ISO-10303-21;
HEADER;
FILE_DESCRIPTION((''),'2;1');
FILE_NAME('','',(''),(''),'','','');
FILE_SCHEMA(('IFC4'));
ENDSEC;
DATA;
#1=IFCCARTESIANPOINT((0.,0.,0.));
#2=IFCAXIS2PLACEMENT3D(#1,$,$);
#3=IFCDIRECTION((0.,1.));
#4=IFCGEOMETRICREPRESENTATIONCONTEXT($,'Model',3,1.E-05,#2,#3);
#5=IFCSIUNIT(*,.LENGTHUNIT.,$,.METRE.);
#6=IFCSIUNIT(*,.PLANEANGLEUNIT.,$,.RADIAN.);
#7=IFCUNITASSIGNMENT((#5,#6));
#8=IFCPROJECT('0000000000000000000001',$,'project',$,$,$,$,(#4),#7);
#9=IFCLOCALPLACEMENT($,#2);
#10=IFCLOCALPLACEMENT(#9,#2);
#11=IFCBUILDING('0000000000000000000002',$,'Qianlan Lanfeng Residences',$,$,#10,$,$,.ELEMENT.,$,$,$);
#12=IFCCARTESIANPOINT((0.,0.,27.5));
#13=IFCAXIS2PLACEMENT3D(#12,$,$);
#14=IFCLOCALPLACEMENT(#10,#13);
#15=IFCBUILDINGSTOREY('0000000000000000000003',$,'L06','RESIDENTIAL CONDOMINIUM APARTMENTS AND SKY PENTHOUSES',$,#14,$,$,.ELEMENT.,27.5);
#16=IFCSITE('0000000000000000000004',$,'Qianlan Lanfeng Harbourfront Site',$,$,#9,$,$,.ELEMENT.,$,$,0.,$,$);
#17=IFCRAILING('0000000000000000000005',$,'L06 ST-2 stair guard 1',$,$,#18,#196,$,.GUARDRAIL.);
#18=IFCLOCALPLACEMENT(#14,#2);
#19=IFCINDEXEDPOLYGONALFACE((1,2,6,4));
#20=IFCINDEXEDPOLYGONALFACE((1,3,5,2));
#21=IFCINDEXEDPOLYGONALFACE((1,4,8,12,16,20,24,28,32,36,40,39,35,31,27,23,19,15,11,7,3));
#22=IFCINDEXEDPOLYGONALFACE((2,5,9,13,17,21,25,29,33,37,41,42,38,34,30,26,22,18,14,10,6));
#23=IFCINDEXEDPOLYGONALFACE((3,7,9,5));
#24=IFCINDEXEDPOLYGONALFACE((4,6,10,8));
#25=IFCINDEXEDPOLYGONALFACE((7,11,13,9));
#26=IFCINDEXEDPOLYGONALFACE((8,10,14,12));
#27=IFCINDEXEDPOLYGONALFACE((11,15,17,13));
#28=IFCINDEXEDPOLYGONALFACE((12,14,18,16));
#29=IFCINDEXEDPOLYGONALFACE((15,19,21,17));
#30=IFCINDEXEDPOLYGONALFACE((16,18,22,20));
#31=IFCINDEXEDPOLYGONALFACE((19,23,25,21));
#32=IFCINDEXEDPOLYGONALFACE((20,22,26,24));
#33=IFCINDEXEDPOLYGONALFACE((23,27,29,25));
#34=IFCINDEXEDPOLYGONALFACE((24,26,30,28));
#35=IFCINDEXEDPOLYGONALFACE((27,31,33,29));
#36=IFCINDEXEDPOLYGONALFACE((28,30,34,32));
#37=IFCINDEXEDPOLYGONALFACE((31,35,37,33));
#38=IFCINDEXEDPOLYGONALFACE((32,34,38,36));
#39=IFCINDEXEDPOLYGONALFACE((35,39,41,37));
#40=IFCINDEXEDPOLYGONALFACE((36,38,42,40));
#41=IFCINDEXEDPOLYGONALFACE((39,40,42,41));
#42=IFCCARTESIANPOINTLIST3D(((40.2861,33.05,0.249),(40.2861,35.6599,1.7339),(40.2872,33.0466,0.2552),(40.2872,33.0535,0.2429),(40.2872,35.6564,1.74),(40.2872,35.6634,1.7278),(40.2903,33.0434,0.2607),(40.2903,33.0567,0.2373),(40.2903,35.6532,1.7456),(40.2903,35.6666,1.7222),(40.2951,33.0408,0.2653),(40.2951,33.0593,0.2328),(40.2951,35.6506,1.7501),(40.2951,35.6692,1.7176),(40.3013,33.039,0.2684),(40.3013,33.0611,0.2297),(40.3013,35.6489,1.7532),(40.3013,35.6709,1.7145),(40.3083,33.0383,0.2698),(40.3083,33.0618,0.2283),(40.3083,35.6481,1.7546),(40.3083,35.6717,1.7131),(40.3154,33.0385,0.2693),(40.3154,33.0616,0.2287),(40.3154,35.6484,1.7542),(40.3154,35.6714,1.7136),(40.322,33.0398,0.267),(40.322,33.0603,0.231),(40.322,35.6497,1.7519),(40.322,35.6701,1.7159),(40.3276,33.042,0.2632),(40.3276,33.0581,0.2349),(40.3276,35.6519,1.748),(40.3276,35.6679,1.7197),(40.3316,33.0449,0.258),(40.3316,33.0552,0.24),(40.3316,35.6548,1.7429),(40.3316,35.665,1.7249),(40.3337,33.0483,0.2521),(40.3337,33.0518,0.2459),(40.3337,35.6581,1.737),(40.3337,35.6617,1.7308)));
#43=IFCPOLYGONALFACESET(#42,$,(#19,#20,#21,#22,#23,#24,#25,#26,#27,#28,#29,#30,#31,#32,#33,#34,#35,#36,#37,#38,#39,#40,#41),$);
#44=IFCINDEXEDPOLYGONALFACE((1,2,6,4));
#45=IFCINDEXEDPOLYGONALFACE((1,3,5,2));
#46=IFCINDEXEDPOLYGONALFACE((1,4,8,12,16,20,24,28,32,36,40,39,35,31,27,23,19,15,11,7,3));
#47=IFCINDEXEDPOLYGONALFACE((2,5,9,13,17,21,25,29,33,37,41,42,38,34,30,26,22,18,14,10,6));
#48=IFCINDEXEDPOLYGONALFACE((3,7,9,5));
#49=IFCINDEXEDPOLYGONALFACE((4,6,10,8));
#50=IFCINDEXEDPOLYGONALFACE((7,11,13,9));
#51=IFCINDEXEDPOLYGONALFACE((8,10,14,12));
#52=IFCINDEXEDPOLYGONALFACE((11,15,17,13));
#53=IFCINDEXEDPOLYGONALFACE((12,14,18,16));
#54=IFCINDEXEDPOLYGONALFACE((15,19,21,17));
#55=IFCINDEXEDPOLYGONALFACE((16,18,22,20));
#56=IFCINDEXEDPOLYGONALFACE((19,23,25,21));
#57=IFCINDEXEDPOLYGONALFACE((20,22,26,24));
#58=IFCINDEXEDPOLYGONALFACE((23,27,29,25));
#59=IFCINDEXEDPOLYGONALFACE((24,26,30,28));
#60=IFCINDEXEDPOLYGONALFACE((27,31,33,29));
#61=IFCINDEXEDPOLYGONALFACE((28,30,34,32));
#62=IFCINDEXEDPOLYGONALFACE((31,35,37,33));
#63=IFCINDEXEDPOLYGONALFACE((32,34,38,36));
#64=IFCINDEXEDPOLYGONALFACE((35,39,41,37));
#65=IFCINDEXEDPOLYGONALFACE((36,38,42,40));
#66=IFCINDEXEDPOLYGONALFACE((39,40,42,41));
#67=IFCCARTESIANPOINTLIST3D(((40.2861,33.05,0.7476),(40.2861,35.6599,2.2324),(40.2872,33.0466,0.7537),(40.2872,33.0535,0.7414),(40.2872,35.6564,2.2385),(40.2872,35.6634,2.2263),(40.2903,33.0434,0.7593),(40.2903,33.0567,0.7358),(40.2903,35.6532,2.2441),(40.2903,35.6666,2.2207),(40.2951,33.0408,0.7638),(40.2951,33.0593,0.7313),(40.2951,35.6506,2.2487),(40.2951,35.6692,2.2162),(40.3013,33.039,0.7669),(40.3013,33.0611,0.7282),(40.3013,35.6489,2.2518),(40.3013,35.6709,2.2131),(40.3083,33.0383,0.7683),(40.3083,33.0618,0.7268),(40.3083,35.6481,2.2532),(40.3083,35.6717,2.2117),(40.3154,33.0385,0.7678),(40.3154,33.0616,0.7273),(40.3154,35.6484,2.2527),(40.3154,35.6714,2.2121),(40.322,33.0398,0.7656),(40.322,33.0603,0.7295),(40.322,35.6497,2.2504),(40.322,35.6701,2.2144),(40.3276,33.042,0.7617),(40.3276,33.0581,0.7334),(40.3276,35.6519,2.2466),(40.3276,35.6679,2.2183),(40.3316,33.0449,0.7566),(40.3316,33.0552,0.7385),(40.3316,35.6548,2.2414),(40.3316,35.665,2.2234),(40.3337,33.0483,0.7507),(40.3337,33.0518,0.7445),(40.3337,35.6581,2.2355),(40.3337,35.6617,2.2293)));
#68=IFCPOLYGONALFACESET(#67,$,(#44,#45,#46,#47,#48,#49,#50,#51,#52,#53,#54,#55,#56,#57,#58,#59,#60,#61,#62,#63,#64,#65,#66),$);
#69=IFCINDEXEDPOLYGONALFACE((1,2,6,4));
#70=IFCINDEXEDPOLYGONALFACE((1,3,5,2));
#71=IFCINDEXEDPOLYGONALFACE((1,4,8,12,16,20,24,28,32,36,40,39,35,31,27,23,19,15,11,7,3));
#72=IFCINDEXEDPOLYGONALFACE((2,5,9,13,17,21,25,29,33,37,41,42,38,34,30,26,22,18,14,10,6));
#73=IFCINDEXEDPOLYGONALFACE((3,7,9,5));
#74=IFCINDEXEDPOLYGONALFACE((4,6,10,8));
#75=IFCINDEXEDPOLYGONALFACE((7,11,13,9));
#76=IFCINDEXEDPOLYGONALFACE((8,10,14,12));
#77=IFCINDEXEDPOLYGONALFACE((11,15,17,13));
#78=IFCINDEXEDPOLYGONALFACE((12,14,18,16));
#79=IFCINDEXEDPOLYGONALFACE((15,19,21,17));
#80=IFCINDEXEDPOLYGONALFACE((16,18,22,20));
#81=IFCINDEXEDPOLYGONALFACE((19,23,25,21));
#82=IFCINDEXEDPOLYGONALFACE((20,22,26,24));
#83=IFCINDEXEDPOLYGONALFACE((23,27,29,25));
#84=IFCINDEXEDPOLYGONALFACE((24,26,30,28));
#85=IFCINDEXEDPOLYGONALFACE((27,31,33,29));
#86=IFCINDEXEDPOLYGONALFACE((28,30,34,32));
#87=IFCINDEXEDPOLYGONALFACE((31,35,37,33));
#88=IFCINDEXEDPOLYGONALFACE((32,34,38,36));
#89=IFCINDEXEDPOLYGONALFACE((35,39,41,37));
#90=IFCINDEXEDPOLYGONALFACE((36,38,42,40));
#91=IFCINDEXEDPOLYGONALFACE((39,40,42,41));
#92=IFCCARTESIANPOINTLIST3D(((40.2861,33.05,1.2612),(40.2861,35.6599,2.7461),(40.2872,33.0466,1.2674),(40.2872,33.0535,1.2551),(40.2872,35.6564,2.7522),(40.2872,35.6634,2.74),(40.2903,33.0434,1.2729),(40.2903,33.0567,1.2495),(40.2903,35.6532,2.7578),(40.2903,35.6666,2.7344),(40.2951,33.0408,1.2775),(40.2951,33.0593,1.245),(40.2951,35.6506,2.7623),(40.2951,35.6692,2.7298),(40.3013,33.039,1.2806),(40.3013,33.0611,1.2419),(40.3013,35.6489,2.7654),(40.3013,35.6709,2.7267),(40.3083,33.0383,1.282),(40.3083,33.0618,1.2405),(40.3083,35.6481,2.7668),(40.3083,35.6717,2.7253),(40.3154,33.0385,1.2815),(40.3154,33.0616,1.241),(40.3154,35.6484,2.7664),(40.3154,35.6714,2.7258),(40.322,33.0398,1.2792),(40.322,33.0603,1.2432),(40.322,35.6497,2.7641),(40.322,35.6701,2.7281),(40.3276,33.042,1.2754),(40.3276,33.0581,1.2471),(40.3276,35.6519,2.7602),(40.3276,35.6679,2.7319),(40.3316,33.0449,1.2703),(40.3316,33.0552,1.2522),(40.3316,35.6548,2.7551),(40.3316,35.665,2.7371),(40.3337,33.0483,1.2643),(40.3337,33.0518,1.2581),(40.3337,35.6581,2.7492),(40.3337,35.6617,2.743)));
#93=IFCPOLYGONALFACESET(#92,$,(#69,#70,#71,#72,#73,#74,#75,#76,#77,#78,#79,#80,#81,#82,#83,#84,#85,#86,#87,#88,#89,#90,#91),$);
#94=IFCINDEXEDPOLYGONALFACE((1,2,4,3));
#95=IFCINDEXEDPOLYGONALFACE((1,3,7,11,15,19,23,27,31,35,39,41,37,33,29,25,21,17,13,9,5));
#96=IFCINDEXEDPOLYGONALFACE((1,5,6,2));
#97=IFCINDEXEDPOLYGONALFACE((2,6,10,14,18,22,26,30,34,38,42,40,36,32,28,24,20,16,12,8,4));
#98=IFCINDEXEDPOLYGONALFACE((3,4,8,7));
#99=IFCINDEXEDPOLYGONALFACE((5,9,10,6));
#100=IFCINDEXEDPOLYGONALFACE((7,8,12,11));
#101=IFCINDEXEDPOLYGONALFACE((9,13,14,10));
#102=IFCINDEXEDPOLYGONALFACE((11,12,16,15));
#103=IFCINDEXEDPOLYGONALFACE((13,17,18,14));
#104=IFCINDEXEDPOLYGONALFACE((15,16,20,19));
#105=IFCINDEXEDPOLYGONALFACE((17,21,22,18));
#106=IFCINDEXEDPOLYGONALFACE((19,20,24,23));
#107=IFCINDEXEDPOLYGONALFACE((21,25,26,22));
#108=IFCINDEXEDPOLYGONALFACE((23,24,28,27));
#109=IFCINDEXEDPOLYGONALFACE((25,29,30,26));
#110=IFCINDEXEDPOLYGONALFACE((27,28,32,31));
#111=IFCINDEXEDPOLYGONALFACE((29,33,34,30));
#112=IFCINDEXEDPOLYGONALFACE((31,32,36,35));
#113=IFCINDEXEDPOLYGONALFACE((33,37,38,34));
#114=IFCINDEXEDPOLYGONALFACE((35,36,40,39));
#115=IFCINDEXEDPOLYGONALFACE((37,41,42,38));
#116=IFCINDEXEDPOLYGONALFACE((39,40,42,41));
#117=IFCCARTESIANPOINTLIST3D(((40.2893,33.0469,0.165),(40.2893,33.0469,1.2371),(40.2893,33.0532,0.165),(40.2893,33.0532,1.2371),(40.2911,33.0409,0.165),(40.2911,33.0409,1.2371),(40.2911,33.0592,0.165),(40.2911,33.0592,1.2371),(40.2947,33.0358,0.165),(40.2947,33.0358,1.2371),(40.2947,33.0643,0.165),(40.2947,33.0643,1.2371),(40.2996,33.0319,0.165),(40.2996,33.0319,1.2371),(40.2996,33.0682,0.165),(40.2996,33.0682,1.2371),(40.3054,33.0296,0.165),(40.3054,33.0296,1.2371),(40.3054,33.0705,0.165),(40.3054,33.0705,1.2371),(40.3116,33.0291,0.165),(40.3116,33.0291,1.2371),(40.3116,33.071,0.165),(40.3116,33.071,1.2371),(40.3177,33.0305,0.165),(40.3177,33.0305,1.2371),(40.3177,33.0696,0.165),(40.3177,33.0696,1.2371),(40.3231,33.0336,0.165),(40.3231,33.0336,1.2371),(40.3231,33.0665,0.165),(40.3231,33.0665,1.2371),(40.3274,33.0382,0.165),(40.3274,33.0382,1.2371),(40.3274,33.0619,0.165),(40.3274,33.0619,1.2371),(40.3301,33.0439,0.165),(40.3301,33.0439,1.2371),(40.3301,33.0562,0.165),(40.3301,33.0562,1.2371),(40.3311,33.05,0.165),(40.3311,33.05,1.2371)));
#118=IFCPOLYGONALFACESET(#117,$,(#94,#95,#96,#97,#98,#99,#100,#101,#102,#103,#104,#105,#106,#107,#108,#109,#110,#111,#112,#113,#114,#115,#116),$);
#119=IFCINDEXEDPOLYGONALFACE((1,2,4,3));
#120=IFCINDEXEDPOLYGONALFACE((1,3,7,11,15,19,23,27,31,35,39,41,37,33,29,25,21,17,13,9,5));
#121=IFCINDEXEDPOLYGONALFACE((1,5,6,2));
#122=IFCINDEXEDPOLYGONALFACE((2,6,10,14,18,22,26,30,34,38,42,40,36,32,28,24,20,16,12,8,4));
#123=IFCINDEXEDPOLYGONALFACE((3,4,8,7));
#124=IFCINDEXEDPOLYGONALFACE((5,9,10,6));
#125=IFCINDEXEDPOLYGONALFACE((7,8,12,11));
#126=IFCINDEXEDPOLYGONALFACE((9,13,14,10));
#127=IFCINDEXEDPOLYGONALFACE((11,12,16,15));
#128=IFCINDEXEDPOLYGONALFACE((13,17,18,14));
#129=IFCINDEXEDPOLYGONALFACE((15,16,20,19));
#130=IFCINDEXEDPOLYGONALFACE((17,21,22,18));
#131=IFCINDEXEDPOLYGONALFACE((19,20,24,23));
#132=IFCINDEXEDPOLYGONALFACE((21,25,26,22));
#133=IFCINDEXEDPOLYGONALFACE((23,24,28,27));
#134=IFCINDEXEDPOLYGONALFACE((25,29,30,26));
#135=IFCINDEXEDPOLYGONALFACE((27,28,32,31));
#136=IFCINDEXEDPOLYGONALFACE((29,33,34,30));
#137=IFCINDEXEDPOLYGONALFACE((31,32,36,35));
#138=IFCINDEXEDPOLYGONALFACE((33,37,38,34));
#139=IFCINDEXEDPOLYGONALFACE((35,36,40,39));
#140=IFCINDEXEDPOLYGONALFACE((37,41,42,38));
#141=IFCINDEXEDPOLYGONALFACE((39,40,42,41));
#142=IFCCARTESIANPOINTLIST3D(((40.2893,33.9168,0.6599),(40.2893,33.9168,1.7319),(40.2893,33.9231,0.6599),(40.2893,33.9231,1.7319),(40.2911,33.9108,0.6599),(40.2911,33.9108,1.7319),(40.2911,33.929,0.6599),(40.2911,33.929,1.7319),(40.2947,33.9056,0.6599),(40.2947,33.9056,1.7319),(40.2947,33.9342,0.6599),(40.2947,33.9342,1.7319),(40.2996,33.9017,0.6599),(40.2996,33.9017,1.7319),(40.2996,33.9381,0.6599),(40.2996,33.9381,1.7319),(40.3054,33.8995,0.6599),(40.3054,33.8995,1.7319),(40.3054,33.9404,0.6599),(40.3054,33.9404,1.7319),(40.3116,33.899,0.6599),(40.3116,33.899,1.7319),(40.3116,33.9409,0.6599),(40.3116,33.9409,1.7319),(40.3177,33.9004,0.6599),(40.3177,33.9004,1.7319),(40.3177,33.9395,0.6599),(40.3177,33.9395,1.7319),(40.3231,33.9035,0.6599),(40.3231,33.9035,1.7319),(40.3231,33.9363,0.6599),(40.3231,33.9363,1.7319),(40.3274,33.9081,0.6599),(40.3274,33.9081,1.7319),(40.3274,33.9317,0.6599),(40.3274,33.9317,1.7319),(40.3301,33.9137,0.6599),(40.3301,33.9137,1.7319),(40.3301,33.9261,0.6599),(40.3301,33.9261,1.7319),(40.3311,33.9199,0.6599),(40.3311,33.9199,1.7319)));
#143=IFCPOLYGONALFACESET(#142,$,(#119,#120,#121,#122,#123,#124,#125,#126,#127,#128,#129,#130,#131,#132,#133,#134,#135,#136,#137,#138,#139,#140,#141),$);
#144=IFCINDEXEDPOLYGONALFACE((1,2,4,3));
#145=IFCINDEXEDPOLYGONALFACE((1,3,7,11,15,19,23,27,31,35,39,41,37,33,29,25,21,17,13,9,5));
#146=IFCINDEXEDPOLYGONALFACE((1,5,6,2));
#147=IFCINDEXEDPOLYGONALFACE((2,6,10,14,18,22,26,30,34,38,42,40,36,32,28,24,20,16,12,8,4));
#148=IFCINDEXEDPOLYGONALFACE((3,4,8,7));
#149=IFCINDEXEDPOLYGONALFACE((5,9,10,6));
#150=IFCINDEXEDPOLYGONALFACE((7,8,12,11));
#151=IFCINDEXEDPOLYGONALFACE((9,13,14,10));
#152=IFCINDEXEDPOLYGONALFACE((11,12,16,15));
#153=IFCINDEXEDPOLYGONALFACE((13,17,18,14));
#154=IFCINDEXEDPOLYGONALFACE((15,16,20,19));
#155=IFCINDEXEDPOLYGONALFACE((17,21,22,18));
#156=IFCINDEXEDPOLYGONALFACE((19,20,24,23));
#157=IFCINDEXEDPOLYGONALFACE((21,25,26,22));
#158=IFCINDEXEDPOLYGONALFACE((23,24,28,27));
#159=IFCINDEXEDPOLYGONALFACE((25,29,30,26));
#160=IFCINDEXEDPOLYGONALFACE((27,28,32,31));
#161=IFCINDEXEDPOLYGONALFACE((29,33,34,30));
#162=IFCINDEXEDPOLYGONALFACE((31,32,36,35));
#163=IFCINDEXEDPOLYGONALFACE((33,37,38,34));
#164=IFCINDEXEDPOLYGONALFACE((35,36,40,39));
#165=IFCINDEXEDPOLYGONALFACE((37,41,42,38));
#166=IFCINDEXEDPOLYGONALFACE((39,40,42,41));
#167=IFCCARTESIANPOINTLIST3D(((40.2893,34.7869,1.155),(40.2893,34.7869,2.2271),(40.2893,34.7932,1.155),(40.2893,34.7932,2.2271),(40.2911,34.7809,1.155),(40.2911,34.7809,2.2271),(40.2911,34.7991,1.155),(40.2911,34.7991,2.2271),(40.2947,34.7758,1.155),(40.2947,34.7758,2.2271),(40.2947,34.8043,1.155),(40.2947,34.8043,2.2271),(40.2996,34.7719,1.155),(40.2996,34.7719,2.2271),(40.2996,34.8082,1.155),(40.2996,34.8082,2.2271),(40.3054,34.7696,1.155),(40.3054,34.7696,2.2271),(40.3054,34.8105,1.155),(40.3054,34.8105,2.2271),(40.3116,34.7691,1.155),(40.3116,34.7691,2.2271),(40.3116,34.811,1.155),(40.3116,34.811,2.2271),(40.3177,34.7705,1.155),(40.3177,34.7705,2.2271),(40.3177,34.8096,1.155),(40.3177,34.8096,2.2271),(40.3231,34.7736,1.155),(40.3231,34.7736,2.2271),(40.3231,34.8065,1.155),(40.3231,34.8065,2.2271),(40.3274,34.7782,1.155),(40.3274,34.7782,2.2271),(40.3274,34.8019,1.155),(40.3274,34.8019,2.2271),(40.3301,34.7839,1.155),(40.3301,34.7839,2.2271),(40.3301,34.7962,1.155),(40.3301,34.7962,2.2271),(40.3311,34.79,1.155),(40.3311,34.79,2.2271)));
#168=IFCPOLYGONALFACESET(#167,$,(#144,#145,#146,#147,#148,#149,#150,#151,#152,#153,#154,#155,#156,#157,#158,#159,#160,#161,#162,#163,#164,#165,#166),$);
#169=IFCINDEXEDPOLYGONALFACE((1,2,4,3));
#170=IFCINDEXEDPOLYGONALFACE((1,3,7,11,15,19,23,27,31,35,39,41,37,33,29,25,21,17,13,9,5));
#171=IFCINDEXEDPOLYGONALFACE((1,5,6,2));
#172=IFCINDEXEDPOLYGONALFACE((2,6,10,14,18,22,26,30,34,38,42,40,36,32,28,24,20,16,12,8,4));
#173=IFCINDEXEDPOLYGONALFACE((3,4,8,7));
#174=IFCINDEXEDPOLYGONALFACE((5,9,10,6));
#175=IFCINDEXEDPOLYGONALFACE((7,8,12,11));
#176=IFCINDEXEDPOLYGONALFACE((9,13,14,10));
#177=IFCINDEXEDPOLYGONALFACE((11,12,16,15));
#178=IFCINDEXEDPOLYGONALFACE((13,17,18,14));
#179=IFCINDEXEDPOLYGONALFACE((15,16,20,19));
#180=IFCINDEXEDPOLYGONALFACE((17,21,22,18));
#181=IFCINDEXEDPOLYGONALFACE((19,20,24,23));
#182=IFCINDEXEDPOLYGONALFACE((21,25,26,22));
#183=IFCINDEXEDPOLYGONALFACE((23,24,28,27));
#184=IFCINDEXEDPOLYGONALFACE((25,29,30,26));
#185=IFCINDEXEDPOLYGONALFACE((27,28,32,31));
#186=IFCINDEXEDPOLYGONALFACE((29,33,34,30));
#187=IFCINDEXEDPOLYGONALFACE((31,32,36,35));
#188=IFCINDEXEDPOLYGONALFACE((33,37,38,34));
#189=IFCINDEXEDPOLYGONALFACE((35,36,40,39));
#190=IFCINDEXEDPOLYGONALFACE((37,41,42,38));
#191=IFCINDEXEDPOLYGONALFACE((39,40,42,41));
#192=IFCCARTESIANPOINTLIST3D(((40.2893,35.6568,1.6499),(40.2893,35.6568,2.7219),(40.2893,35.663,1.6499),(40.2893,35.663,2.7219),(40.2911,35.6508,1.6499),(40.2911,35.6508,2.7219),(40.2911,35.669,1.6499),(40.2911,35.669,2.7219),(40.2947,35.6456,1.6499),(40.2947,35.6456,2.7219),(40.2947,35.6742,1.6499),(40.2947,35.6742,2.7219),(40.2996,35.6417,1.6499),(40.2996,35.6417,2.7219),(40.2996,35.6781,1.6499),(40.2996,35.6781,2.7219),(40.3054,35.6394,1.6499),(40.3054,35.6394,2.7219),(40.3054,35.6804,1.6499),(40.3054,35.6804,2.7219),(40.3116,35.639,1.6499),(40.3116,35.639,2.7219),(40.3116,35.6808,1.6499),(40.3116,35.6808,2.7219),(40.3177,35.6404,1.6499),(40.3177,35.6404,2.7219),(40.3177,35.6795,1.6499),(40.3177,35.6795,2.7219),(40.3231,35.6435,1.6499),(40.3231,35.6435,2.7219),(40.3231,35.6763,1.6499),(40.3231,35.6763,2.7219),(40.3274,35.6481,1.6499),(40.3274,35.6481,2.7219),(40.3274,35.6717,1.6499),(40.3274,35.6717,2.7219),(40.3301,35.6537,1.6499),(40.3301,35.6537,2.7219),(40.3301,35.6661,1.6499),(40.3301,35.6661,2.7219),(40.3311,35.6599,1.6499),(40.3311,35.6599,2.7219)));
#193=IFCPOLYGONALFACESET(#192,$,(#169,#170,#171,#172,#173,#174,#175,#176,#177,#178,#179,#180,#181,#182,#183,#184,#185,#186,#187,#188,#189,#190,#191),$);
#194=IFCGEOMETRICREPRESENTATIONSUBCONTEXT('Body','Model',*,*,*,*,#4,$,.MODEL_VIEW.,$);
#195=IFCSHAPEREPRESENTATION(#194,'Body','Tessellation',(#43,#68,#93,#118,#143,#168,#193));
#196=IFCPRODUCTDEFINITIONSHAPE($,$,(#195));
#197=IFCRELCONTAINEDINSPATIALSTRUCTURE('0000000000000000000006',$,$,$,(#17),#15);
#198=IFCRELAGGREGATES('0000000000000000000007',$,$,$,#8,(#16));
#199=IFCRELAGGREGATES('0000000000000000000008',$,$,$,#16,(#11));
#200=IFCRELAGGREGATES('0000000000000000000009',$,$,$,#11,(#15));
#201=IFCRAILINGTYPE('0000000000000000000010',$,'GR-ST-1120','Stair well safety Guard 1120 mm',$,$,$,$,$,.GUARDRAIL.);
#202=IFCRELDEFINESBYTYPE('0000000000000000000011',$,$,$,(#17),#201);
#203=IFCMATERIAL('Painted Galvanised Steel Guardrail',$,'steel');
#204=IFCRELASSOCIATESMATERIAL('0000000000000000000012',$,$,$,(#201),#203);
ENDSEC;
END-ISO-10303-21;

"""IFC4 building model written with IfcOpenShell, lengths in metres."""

from ifc_helpers import new_model, si_unit, direction, frame, origin, origin_2d, place, context, subcontext, project, spatial, circle, extrude, material, type_object, element, save


model = new_model("IFC4")

# Units and contexts
model_context = context("Model", 3, precision=1e-05, world=origin(), true_north=direction((0.0, 1.0)))
body_context = subcontext(model_context, "Body", "Model", "MODEL_VIEW")
ifc_project = project(units=[si_unit("LENGTHUNIT", "METRE"), si_unit("PLANEANGLEUNIT", "RADIAN")], contexts=[model_context])

# Site, building, storey
site_placement = place(None, origin())
site = spatial("IfcSite", under=ifc_project, at=site_placement, Name="Qianlan Lanfeng Harbourfront Site", CompositionType="ELEMENT", RefElevation=0.0)
building_placement = place(site_placement, origin())
building = spatial("IfcBuilding", under=site, at=building_placement, Name="Qianlan Lanfeng Residences", CompositionType="ELEMENT")
storey_placement = place(building_placement, frame((0.0, 0.0, 27.5)))
storey = spatial("IfcBuildingStorey", under=building, at=storey_placement, Name="L06", Description="RESIDENTIAL CONDOMINIUM APARTMENTS AND SKY PENTHOUSES", CompositionType="ELEMENT", Elevation=27.5)

# Railing
ifc_material_1 = material(Name="Painted Galvanised Steel Guardrail", Category="steel")
railing_type_1 = type_object("IfcRailingType", Name="GR-ST-1120", Description="Stair well safety Guard 1120 mm", PredefinedType="GUARDRAIL", material=ifc_material_1)
railing_1_placement = place(storey_placement, frame((40.3101, 33.05, 0.165)))
element("IfcRailing", 1, at=railing_1_placement, inside=storey, type_object=railing_type_1, Name="L06 ST-2 stair guard 1", PredefinedType="GUARDRAIL", context=body_context, shape_type="SweptSolid", body=[
    extrude(circle(Radius=0.0239, at=origin_2d()), frame((0.0, 0.0, 0.084), z_axis=(0.0, 0.869172, 0.494509), x_axis=(-1.0, 0.0, 0.0)), (0.0, 0.0, 1.0), 3.0027),
    extrude(circle(Radius=0.0239, at=origin_2d()), frame((0.0, 0.0, 0.5825), z_axis=(0.0, 0.869172, 0.494509), x_axis=(-1.0, 0.0, 0.0)), (0.0, 0.0, 1.0), 3.0027),
    extrude(circle(Radius=0.0239, at=origin_2d()), frame((0.0, 0.0, 1.0962), z_axis=(0.0, 0.869172, 0.494509), x_axis=(-1.0, 0.0, 0.0)), (0.0, 0.0, 1.0), 3.0027),
    extrude(circle(Radius=0.021, at=origin_2d()), origin(), (0.0, 0.0, 1.0), 1.072),
    extrude(circle(Radius=0.021, at=origin_2d()), frame((0.0, 0.8699, 0.4949)), (0.0, 0.0, 1.0), 1.072),
    extrude(circle(Radius=0.021, at=origin_2d()), frame((0.0, 1.74, 0.99)), (0.0, 0.0, 1.0), 1.072),
    extrude(circle(Radius=0.021, at=origin_2d()), frame((0.0, 2.6099, 1.4849)), (0.0, 0.0, 1.0), 1.072),
])

save(model, "model.ifc")
